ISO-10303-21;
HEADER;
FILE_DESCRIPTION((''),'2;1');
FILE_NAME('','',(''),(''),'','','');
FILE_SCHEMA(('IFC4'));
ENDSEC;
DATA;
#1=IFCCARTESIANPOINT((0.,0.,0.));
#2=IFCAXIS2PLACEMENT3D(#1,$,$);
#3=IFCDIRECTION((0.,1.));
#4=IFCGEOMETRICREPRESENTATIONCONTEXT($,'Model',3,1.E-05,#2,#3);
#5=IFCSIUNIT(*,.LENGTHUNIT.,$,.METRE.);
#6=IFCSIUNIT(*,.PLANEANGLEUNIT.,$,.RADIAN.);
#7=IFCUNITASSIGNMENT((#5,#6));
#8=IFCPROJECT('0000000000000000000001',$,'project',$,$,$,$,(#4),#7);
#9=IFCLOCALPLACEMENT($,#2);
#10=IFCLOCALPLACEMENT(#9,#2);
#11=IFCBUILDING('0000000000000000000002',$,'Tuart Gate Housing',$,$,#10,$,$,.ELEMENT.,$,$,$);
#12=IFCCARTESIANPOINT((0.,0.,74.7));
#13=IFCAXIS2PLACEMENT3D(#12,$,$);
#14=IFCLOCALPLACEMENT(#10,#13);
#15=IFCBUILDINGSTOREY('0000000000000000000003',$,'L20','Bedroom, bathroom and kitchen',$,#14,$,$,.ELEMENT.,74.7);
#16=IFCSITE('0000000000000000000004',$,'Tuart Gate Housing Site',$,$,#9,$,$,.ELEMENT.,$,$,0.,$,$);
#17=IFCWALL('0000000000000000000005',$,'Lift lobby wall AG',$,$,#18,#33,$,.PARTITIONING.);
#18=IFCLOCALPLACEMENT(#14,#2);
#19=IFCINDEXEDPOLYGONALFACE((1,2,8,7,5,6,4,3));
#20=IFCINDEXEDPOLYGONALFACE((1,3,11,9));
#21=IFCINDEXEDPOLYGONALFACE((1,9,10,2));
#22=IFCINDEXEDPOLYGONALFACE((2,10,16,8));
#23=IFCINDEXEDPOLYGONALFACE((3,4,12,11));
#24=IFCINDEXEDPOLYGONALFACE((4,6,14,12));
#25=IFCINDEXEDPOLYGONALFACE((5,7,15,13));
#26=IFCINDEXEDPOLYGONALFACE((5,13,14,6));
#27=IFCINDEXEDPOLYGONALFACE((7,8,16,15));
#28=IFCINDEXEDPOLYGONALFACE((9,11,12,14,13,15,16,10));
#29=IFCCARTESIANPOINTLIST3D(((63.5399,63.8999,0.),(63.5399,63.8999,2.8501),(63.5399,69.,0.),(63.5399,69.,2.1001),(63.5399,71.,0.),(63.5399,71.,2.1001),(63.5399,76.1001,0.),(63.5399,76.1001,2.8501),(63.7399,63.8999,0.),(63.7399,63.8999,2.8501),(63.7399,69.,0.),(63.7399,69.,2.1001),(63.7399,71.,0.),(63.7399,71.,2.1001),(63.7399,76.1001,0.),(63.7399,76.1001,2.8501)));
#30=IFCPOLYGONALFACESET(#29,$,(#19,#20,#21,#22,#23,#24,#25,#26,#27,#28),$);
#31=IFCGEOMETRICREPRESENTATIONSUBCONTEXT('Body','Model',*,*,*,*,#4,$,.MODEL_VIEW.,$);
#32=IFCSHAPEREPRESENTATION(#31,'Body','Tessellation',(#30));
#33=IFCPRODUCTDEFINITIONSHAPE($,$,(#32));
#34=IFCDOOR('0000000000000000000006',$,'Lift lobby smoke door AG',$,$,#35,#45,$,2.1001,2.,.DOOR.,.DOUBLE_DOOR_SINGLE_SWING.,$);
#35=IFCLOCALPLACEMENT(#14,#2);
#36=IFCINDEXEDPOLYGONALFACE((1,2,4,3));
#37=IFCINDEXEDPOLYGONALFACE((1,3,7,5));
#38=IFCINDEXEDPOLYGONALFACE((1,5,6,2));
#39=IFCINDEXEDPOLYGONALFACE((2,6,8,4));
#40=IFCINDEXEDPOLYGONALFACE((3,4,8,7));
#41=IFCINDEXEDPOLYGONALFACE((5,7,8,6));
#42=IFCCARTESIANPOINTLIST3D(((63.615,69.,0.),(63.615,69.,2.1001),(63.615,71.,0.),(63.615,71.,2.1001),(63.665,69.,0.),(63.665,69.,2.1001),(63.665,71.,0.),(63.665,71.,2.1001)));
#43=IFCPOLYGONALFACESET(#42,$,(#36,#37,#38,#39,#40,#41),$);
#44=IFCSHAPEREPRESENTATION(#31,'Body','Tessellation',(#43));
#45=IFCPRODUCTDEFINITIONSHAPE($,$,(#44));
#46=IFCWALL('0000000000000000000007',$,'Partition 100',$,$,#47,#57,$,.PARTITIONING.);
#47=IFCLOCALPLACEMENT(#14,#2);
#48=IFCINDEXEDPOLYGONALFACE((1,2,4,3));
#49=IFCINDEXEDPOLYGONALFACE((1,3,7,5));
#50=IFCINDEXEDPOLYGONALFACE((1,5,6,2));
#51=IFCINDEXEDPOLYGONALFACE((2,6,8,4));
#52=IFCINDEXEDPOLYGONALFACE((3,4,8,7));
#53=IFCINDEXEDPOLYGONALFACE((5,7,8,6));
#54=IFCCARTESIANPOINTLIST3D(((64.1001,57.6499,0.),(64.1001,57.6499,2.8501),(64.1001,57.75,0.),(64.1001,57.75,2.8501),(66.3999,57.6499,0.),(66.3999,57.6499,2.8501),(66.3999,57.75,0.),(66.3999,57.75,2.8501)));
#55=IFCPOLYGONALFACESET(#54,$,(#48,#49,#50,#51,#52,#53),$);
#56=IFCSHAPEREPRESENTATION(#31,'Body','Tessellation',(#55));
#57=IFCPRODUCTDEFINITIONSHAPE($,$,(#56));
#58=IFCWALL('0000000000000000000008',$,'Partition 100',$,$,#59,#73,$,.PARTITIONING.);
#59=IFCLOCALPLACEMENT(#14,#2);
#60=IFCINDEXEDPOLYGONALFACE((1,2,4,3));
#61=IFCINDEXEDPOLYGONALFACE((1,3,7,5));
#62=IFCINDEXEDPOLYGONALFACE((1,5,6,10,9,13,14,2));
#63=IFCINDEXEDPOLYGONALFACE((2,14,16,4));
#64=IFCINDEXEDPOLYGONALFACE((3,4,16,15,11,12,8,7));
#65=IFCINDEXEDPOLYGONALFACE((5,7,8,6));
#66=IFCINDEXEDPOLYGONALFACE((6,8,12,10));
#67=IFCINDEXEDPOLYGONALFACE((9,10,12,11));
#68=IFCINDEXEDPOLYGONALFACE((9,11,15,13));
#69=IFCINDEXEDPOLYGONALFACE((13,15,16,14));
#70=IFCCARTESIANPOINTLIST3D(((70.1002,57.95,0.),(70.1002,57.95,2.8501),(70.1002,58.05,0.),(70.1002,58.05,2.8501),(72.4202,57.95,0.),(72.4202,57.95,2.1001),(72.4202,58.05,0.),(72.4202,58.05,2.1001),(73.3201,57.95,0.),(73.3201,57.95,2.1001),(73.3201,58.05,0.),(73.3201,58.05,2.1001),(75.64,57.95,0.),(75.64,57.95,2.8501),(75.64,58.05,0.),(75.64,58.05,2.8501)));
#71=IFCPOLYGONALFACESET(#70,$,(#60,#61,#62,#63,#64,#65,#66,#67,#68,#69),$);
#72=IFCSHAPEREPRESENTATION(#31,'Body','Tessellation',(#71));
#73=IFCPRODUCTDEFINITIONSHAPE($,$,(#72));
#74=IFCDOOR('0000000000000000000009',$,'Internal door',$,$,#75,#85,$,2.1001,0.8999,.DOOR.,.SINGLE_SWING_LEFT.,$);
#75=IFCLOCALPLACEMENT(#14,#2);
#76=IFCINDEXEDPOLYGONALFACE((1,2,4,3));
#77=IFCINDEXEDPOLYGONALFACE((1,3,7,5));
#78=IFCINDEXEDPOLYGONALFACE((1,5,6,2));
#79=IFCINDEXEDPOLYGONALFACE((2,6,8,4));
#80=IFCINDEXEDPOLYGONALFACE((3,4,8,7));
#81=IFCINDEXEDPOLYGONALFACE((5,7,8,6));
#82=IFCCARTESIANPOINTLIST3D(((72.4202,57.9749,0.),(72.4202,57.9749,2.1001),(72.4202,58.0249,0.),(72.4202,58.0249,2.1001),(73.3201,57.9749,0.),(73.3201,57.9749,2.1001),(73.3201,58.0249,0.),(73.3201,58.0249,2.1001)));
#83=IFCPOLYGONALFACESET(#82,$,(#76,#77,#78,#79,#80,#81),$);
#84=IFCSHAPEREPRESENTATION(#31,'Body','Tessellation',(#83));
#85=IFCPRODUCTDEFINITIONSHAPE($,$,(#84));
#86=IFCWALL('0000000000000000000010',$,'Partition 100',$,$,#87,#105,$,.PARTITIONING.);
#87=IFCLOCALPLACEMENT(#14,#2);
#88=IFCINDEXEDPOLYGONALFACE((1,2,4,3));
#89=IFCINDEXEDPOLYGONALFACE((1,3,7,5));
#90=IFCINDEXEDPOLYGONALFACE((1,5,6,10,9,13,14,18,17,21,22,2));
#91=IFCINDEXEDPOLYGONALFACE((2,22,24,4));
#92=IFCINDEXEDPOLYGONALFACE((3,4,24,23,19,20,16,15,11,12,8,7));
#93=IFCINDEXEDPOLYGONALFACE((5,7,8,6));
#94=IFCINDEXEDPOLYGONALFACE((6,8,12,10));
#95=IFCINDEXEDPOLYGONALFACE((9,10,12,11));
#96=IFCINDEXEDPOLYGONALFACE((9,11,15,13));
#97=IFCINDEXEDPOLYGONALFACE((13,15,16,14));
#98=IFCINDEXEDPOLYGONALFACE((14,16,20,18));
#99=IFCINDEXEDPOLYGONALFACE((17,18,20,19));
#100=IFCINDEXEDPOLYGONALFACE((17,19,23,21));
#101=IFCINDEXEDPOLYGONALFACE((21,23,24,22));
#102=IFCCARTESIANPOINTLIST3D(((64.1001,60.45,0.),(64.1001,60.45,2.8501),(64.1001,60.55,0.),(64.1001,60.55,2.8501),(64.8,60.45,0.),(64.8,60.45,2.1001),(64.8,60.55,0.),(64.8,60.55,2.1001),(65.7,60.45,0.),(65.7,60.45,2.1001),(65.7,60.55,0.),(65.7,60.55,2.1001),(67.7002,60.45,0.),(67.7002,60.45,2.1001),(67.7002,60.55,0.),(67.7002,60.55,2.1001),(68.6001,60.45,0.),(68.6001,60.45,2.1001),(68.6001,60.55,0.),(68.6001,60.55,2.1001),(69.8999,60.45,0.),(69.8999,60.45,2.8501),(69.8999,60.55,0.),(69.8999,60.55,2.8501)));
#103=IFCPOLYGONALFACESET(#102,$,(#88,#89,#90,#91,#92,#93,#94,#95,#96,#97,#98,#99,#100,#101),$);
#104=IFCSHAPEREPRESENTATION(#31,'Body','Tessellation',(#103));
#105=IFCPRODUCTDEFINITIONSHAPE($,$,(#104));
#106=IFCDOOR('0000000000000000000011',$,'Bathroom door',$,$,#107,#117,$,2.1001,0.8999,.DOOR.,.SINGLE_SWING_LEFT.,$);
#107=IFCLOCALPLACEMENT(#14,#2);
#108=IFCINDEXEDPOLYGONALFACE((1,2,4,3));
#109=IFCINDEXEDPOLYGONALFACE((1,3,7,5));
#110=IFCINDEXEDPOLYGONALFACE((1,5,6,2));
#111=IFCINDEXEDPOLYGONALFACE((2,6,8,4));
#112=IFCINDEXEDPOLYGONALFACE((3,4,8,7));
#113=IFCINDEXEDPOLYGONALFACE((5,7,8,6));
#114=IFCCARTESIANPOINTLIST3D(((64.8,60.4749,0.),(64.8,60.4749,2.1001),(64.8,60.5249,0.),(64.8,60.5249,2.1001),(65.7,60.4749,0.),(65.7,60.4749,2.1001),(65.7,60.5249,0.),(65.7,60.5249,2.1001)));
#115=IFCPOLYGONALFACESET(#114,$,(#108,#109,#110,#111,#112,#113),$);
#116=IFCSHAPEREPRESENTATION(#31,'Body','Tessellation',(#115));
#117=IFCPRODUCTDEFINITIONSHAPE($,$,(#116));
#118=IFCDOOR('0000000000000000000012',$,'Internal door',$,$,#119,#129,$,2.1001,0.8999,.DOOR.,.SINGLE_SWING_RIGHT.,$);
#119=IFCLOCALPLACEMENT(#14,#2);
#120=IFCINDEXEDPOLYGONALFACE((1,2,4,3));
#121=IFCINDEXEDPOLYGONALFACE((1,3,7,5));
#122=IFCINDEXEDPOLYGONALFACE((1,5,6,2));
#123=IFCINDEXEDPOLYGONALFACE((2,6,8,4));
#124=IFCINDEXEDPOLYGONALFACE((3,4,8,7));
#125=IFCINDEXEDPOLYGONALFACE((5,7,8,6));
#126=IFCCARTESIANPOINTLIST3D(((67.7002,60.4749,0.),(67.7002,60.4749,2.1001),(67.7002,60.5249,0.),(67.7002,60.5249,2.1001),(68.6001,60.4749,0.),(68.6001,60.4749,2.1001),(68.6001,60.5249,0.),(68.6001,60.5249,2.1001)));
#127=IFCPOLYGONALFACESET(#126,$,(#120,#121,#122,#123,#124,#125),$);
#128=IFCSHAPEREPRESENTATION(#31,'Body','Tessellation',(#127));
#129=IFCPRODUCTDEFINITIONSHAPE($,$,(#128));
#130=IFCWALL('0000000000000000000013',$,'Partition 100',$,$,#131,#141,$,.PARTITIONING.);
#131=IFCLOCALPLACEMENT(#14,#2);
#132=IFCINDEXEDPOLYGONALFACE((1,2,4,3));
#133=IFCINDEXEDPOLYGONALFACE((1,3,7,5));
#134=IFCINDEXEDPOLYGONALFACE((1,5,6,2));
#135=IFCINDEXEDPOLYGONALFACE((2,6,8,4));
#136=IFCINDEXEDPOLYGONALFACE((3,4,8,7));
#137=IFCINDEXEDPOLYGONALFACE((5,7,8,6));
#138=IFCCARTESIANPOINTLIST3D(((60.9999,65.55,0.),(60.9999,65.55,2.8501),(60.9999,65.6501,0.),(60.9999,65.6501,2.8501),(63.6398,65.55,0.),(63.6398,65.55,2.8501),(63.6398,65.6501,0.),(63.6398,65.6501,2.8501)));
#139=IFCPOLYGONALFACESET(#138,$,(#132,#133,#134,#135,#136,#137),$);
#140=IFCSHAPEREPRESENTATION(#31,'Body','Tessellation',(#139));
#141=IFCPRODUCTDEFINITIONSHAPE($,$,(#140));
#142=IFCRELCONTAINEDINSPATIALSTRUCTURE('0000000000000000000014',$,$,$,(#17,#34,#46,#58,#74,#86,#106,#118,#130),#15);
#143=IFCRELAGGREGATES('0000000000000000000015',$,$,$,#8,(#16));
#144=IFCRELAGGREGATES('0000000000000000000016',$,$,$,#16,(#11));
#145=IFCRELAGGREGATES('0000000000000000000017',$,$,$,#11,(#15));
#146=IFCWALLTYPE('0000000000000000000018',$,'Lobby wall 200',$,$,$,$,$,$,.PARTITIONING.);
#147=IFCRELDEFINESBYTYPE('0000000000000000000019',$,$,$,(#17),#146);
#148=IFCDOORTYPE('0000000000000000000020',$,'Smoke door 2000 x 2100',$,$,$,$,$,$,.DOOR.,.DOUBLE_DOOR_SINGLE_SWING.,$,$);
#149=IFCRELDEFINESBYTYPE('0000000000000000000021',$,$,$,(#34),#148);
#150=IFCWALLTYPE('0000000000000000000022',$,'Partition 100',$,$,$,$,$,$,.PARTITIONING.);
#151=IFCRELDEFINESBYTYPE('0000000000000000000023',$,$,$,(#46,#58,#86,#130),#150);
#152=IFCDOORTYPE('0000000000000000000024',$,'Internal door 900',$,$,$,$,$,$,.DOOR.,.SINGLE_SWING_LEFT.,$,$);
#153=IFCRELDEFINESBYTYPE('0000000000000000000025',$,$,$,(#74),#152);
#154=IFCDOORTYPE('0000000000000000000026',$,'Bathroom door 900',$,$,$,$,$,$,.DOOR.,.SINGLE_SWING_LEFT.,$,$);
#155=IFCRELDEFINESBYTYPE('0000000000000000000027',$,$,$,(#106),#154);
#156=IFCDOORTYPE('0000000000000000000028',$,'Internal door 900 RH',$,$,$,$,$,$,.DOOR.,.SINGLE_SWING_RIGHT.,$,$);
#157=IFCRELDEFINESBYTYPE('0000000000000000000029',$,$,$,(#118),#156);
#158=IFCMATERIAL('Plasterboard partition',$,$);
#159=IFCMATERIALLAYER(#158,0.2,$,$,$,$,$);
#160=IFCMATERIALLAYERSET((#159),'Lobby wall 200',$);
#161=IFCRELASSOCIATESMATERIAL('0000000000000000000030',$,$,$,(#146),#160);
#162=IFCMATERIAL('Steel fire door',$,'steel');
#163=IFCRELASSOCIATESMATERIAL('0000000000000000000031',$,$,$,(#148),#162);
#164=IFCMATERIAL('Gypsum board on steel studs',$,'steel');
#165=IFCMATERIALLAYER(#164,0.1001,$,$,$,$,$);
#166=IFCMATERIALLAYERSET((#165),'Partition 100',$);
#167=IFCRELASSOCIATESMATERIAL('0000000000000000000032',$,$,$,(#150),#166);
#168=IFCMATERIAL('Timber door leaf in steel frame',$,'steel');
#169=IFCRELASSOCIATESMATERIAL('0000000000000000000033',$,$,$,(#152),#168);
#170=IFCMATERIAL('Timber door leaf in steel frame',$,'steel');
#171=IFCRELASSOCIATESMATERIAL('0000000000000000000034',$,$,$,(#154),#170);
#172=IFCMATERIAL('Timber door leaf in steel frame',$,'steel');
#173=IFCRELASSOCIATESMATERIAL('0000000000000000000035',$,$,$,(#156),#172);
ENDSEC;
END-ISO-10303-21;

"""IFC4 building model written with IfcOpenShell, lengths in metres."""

from ifc_helpers import new_model, si_unit, direction, frame, frame_2d, origin, place, context, subcontext, project, spatial, rectangle, extrude, material, layer, layer_set, type_object, element, fill, save


model = new_model("IFC4")

# Units and contexts
model_context = context("Model", 3, precision=1e-05, world=origin(), true_north=direction((0.0, 1.0)))
body_context = subcontext(model_context, "Body", "Model", "MODEL_VIEW")
ifc_project = project(units=[si_unit("LENGTHUNIT", "METRE"), si_unit("PLANEANGLEUNIT", "RADIAN")], contexts=[model_context])

# Site, building, storey
site_placement = place(None, origin())
site = spatial("IfcSite", under=ifc_project, at=site_placement, Name="Tuart Gate Housing Site", CompositionType="ELEMENT", RefElevation=0.0)
building_placement = place(site_placement, origin())
building = spatial("IfcBuilding", under=site, at=building_placement, Name="Tuart Gate Housing", CompositionType="ELEMENT")
storey_placement = place(building_placement, frame((0.0, 0.0, 74.7)))
storey = spatial("IfcBuildingStorey", under=building, at=storey_placement, Name="L20", Description="Bedroom, bathroom and kitchen", CompositionType="ELEMENT", Elevation=74.7)

# Wall, opening, door
ifc_material_1 = material(Name="Plasterboard partition")
ifc_layer_1 = layer(ifc_material_1, 0.2)
ifc_layer_set_1 = layer_set([ifc_layer_1], Name="Lobby wall 200")
wall_type_1 = type_object("IfcWallType", Name="Lobby wall 200", PredefinedType="PARTITIONING", material=ifc_layer_set_1)
wall_1_placement = place(storey_placement, frame((63.6399, 63.8999, 0.0), z_axis=(0.0, 0.0, 1.0), x_axis=(0.0, 1.0, 0.0)))
wall_1 = element("IfcWall", 1, at=wall_1_placement, inside=storey, type_object=wall_type_1, Name="Lift lobby wall AG", PredefinedType="PARTITIONING", context=body_context, shape_type="SweptSolid", body=[
    extrude(rectangle(XDim=12.2002, YDim=0.2, at=frame_2d((6.1001, 0.0))), origin(), (0.0, 0.0, 1.0), 2.8501),
])
opening_1_placement = place(wall_1_placement, frame((5.1001, 0.0, 0.0)))
opening_1 = element("IfcOpeningElement", 2, at=opening_1_placement, cuts=wall_1, PredefinedType="OPENING", context=body_context, shape_type="SweptSolid", body=[
    extrude(rectangle(XDim=2.0, YDim=2.1001, at=frame_2d((1.0, 1.05))), frame((0.0, 0.1099, 0.0), z_axis=(0.0, -1.0, 0.0), x_axis=(1.0, 0.0, 0.0)), (0.0, 0.0, 1.0), 0.22),
])
ifc_material_2 = material(Name="Steel fire door", Category="steel")
door_type_1 = type_object("IfcDoorType", Name="Smoke door 2000 x 2100", OperationType="DOUBLE_DOOR_SINGLE_SWING", PredefinedType="DOOR", material=ifc_material_2)
door_1_placement = place(opening_1_placement, frame((2.0, 0.0, 0.0), z_axis=(0.0, 0.0, 1.0), x_axis=(-1.0, 0.0, 0.0)))
door_1 = element("IfcDoor", 3, at=door_1_placement, inside=storey, type_object=door_type_1, Name="Lift lobby smoke door AG", OperationType="DOUBLE_DOOR_SINGLE_SWING", OverallHeight=2.1001, OverallWidth=2.0, PredefinedType="DOOR", context=body_context, shape_type="SweptSolid", body=[
    extrude(rectangle(XDim=2.0, YDim=2.1001, at=frame_2d((1.0, 1.05))), frame((0.0, 0.0251, 0.0), z_axis=(0.0, -1.0, 0.0), x_axis=(1.0, 0.0, 0.0)), (0.0, 0.0, 1.0), 0.05),
])
fill(opening_1, door_1)

# Wall
ifc_material_3 = material(Name="Gypsum board on steel studs", Category="steel")
ifc_layer_2 = layer(ifc_material_3, 0.1001)
ifc_layer_set_2 = layer_set([ifc_layer_2], Name="Partition 100")
wall_type_2 = type_object("IfcWallType", Name="Partition 100", PredefinedType="PARTITIONING", material=ifc_layer_set_2)
wall_2_placement = place(storey_placement, frame((64.1001, 57.7, 0.0), z_axis=(0.0, 0.0, 1.0), x_axis=(1.0, 0.0, 0.0)))
element("IfcWall", 4, at=wall_2_placement, inside=storey, type_object=wall_type_2, Name="Partition 100", PredefinedType="PARTITIONING", context=body_context, shape_type="SweptSolid", body=[
    extrude(rectangle(XDim=2.2998, YDim=0.1001, at=frame_2d((1.1499, 0.0))), origin(), (0.0, 0.0, 1.0), 2.8501),
])

# Wall, opening, door
wall_3_placement = place(storey_placement, frame((70.1001, 58.0, 0.0), z_axis=(0.0, 0.0, 1.0), x_axis=(1.0, 0.0, 0.0)))
wall_3 = element("IfcWall", 5, at=wall_3_placement, inside=storey, type_object=wall_type_2, Name="Partition 100", PredefinedType="PARTITIONING", context=body_context, shape_type="SweptSolid", body=[
    extrude(rectangle(XDim=5.5398, YDim=0.1001, at=frame_2d((2.77, 0.0))), origin(), (0.0, 0.0, 1.0), 2.8501),
])
opening_2_placement = place(wall_3_placement, frame((2.3201, 0.0, 0.0)))
opening_2 = element("IfcOpeningElement", 6, at=opening_2_placement, cuts=wall_3, PredefinedType="OPENING", context=body_context, shape_type="SweptSolid", body=[
    extrude(rectangle(XDim=0.8999, YDim=2.1001, at=frame_2d((0.45, 1.05))), frame((0.0, 0.0601, 0.0), z_axis=(0.0, -1.0, 0.0), x_axis=(1.0, 0.0, 0.0)), (0.0, 0.0, 1.0), 0.1201),
])
ifc_material_4 = material(Name="Timber door leaf in steel frame", Category="steel")
door_type_2 = type_object("IfcDoorType", Name="Internal door 900", OperationType="SINGLE_SWING_LEFT", PredefinedType="DOOR", material=ifc_material_4)
door_2_placement = place(opening_2_placement, frame((0.8999, 0.0, 0.0), z_axis=(0.0, 0.0, 1.0), x_axis=(-1.0, 0.0, 0.0)))
door_2 = element("IfcDoor", 7, at=door_2_placement, inside=storey, type_object=door_type_2, Name="Internal door", OperationType="SINGLE_SWING_LEFT", OverallHeight=2.1001, OverallWidth=0.8999, PredefinedType="DOOR", context=body_context, shape_type="SweptSolid", body=[
    extrude(rectangle(XDim=0.8999, YDim=2.1001, at=frame_2d((0.45, 1.05))), frame((0.0, 0.0251, 0.0), z_axis=(0.0, -1.0, 0.0), x_axis=(1.0, 0.0, 0.0)), (0.0, 0.0, 1.0), 0.05),
])
fill(opening_2, door_2)

# Wall, openings, doors
wall_4_placement = place(storey_placement, frame((64.1001, 60.5, 0.0), z_axis=(0.0, 0.0, 1.0), x_axis=(1.0, 0.0, 0.0)))
wall_4 = element("IfcWall", 8, at=wall_4_placement, inside=storey, type_object=wall_type_2, Name="Partition 100", PredefinedType="PARTITIONING", context=body_context, shape_type="SweptSolid", body=[
    extrude(rectangle(XDim=5.7998, YDim=0.1001, at=frame_2d((2.8999, 0.0))), origin(), (0.0, 0.0, 1.0), 2.8501),
])
opening_3_placement = place(wall_4_placement, frame((3.6001, 0.0, 0.0)))
opening_3 = element("IfcOpeningElement", 9, at=opening_3_placement, cuts=wall_4, PredefinedType="OPENING", context=body_context, shape_type="SweptSolid", body=[
    extrude(rectangle(XDim=0.8999, YDim=2.1001, at=frame_2d((0.45, 1.05))), frame((0.0, 0.0601, 0.0), z_axis=(0.0, -1.0, 0.0), x_axis=(1.0, 0.0, 0.0)), (0.0, 0.0, 1.0), 0.1201),
])
opening_4_placement = place(wall_4_placement, frame((0.7, 0.0, 0.0)))
opening_4 = element("IfcOpeningElement", 10, at=opening_4_placement, cuts=wall_4, PredefinedType="OPENING", context=body_context, shape_type="SweptSolid", body=[
    extrude(rectangle(XDim=0.8999, YDim=2.1001, at=frame_2d((0.45, 1.05))), frame((0.0, 0.0601, 0.0), z_axis=(0.0, -1.0, 0.0), x_axis=(1.0, 0.0, 0.0)), (0.0, 0.0, 1.0), 0.1201),
])
ifc_material_5 = material(Name="Timber door leaf in steel frame", Category="steel")
door_type_3 = type_object("IfcDoorType", Name="Bathroom door 900", OperationType="SINGLE_SWING_LEFT", PredefinedType="DOOR", material=ifc_material_5)
door_3_placement = place(opening_4_placement, frame((0.8999, 0.0, 0.0), z_axis=(0.0, 0.0, 1.0), x_axis=(-1.0, 0.0, 0.0)))
door_3 = element("IfcDoor", 11, at=door_3_placement, inside=storey, type_object=door_type_3, Name="Bathroom door", OperationType="SINGLE_SWING_LEFT", OverallHeight=2.1001, OverallWidth=0.8999, PredefinedType="DOOR", context=body_context, shape_type="SweptSolid", body=[
    extrude(rectangle(XDim=0.8999, YDim=2.1001, at=frame_2d((0.45, 1.05))), frame((0.0, 0.0251, 0.0), z_axis=(0.0, -1.0, 0.0), x_axis=(1.0, 0.0, 0.0)), (0.0, 0.0, 1.0), 0.05),
])
fill(opening_4, door_3)
ifc_material_6 = material(Name="Timber door leaf in steel frame", Category="steel")
door_type_4 = type_object("IfcDoorType", Name="Internal door 900 RH", OperationType="SINGLE_SWING_RIGHT", PredefinedType="DOOR", material=ifc_material_6)
door_4_placement = place(opening_3_placement, frame((0.8999, 0.0, 0.0), z_axis=(0.0, 0.0, 1.0), x_axis=(-1.0, 0.0, 0.0)))
door_4 = element("IfcDoor", 12, at=door_4_placement, inside=storey, type_object=door_type_4, Name="Internal door", OperationType="SINGLE_SWING_RIGHT", OverallHeight=2.1001, OverallWidth=0.8999, PredefinedType="DOOR", context=body_context, shape_type="SweptSolid", body=[
    extrude(rectangle(XDim=0.8999, YDim=2.1001, at=frame_2d((0.45, 1.05))), frame((0.0, 0.0251, 0.0), z_axis=(0.0, -1.0, 0.0), x_axis=(1.0, 0.0, 0.0)), (0.0, 0.0, 1.0), 0.05),
])
fill(opening_3, door_4)

# Wall
wall_5_placement = place(storey_placement, frame((61.0, 65.6001, 0.0), z_axis=(0.0, 0.0, 1.0), x_axis=(1.0, 0.0, 0.0)))
element("IfcWall", 13, at=wall_5_placement, inside=storey, type_object=wall_type_2, Name="Partition 100", PredefinedType="PARTITIONING", context=body_context, shape_type="SweptSolid", body=[
    extrude(rectangle(XDim=2.6399, YDim=0.1001, at=frame_2d((1.3198, 0.0))), origin(), (0.0, 0.0, 1.0), 2.8501),
])

save(model, "model.ifc")
